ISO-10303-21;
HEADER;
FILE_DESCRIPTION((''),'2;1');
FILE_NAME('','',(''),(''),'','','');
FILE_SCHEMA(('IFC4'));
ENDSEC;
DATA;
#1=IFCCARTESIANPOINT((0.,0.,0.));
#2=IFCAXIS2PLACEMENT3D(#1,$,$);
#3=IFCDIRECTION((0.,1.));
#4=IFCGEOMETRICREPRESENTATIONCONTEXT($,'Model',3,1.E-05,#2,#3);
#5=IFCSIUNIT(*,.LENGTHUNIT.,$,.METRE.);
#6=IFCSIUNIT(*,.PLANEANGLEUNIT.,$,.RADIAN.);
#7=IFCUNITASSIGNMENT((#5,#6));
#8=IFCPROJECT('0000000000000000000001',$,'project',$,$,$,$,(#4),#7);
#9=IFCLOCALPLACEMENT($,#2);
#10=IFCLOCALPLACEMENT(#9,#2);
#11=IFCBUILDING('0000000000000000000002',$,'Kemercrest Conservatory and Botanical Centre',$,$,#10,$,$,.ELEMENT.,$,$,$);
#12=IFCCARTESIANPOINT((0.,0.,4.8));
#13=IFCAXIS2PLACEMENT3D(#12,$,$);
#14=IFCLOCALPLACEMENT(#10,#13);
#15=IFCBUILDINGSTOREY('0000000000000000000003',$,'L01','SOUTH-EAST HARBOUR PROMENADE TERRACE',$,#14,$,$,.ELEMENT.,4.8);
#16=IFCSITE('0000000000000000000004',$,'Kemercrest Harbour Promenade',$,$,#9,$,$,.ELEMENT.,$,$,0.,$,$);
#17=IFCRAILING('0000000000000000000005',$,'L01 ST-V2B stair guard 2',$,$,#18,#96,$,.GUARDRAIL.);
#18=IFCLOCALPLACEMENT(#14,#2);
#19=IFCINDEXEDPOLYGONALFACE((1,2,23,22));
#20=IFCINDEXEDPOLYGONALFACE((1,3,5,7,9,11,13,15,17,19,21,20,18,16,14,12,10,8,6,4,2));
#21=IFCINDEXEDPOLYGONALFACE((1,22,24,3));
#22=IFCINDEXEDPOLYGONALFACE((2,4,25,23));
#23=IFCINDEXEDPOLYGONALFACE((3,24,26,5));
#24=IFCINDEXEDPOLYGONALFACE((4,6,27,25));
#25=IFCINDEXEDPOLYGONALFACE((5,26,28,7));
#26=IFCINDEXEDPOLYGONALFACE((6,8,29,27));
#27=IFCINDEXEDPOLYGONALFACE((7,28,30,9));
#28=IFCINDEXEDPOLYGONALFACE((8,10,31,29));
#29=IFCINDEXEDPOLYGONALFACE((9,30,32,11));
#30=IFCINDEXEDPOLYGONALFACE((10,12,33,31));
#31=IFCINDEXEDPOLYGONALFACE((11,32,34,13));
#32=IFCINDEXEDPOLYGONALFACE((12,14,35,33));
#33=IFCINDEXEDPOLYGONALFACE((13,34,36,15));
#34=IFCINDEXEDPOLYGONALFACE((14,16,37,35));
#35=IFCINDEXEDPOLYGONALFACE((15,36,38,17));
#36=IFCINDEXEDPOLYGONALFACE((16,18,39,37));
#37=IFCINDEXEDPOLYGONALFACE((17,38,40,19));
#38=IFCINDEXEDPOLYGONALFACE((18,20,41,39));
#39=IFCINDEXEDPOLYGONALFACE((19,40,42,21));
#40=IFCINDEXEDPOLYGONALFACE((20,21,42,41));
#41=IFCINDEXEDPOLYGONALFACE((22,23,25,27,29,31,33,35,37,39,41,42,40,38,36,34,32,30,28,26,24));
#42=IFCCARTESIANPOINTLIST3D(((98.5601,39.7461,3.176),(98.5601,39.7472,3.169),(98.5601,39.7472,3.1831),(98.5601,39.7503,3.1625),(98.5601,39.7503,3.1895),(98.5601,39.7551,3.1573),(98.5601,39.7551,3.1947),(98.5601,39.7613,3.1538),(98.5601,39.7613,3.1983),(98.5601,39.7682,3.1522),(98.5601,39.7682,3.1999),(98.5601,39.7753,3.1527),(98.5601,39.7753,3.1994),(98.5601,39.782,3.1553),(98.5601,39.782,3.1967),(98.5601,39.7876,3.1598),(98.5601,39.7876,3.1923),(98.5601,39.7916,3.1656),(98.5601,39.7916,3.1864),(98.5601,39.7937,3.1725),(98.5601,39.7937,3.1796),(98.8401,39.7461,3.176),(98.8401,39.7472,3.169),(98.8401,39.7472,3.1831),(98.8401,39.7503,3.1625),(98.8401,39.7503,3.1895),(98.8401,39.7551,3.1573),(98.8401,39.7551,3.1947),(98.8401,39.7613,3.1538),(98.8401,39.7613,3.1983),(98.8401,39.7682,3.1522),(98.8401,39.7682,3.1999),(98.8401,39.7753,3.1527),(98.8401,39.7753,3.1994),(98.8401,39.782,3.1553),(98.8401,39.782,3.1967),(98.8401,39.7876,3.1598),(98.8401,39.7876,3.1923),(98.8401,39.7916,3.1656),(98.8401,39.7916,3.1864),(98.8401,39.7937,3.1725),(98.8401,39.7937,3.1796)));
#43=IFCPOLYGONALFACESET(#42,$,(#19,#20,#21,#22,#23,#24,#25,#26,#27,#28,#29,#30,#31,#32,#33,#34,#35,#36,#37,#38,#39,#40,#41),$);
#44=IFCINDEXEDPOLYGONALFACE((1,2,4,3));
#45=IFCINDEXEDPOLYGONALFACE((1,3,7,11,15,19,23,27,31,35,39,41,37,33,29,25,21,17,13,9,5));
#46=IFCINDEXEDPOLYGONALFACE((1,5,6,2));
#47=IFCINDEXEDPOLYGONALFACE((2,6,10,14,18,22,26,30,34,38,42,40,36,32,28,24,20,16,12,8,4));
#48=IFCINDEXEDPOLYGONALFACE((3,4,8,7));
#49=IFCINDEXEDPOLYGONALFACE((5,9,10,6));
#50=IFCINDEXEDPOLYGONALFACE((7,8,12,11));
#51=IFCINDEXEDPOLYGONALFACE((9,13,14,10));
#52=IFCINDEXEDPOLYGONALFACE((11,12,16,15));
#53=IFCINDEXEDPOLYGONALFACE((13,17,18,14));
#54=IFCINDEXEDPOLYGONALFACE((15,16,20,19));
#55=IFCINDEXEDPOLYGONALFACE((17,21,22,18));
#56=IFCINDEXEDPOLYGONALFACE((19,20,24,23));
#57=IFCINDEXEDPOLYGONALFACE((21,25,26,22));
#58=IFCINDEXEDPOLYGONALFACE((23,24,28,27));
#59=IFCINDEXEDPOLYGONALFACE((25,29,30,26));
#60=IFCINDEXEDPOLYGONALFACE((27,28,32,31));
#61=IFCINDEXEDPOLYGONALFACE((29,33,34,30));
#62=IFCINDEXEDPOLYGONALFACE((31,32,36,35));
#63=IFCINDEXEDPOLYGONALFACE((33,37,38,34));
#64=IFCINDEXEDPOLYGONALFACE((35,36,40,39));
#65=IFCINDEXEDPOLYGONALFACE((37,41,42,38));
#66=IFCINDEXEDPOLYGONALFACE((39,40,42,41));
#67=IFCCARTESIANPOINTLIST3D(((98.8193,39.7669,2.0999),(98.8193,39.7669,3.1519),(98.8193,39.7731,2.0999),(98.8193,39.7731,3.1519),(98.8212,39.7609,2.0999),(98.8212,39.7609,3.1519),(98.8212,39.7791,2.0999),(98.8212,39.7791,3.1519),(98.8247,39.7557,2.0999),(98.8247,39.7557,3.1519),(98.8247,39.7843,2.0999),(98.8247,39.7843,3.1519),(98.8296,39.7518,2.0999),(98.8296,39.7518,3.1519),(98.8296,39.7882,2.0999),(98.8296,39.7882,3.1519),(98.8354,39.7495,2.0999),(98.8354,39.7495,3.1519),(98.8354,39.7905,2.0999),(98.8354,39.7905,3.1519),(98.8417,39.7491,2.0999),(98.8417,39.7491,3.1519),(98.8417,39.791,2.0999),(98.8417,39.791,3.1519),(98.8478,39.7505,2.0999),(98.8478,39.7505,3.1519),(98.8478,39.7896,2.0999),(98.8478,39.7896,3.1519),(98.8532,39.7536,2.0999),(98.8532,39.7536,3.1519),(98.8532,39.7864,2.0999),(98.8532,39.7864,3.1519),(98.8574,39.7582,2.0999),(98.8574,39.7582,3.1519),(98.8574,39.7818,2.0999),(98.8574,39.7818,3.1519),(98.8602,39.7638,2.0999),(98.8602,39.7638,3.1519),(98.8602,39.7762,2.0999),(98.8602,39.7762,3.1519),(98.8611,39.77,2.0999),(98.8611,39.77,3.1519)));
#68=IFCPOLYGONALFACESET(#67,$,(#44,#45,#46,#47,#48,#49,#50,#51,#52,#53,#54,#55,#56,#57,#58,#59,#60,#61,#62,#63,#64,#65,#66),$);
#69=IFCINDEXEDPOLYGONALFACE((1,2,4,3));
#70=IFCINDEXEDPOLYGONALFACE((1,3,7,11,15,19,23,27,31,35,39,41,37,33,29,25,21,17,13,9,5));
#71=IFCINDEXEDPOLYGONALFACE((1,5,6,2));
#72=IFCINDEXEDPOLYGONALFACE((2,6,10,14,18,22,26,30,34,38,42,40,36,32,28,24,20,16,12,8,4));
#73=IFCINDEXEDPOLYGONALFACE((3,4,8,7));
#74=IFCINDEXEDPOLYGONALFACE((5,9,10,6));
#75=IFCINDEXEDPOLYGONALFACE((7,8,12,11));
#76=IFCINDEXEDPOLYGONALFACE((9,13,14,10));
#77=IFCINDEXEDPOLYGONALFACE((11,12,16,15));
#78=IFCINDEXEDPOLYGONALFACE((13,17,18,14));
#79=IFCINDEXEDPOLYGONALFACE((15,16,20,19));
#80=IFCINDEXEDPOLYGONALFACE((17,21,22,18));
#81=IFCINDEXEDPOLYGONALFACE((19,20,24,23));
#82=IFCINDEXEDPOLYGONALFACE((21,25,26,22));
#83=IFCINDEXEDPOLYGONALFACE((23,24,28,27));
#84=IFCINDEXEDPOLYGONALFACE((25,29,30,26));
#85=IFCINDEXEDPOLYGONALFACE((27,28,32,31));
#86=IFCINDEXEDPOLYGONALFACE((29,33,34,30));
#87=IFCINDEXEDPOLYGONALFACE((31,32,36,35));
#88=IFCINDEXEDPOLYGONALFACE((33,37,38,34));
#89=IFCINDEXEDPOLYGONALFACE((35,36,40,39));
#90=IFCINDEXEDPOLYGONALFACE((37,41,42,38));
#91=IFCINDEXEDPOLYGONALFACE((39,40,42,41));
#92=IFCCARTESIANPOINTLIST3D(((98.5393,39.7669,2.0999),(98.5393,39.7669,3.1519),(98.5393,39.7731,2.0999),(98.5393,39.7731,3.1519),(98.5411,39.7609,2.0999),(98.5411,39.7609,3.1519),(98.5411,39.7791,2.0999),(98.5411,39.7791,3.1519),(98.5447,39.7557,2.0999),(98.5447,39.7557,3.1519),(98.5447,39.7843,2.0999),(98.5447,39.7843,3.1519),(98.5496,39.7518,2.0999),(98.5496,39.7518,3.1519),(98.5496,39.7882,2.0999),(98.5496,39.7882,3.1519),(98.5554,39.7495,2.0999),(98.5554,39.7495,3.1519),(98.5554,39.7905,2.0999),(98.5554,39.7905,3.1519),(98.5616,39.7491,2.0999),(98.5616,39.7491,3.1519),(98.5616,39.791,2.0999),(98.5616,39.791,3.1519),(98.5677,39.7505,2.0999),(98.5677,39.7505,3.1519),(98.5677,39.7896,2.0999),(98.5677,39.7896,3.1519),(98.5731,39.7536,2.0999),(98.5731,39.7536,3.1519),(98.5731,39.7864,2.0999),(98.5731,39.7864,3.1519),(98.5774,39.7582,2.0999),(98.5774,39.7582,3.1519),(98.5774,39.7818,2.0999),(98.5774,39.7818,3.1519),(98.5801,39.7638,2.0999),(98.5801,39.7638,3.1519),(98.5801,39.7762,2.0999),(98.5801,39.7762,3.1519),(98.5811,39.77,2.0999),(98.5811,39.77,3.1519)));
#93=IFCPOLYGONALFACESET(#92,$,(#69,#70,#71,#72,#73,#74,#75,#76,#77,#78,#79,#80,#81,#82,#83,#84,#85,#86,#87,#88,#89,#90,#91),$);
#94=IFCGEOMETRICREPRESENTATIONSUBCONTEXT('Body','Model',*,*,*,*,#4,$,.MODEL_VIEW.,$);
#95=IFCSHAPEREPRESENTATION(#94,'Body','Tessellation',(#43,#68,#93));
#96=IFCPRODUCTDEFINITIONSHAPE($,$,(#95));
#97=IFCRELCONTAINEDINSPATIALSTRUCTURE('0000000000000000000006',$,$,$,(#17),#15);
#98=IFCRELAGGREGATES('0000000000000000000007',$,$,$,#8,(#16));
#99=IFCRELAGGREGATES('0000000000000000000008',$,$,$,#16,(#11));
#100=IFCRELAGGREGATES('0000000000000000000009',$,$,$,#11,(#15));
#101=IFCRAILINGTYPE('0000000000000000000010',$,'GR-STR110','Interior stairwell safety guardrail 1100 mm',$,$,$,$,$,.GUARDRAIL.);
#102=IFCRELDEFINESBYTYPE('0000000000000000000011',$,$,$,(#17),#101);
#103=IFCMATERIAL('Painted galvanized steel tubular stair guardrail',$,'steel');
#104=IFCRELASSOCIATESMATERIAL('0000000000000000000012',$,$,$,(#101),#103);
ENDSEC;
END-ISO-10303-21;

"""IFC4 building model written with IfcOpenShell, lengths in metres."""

from ifc_helpers import new_model, si_unit, direction, frame, origin, origin_2d, place, context, subcontext, project, spatial, circle, extrude, material, type_object, element, save


model = new_model("IFC4")

# Units and contexts
model_context = context("Model", 3, precision=1e-05, world=origin(), true_north=direction((0.0, 1.0)))
body_context = subcontext(model_context, "Body", "Model", "MODEL_VIEW")
ifc_project = project(units=[si_unit("LENGTHUNIT", "METRE"), si_unit("PLANEANGLEUNIT", "RADIAN")], contexts=[model_context])

# Site, building, storey
site_placement = place(None, origin())
site = spatial("IfcSite", under=ifc_project, at=site_placement, Name="Kemercrest Harbour Promenade", CompositionType="ELEMENT", RefElevation=0.0)
building_placement = place(site_placement, origin())
building = spatial("IfcBuilding", under=site, at=building_placement, Name="Kemercrest Conservatory and Botanical Centre", CompositionType="ELEMENT")
storey_placement = place(building_placement, frame((0.0, 0.0, 4.8)))
storey = spatial("IfcBuildingStorey", under=building, at=storey_placement, Name="L01", Description="SOUTH-EAST HARBOUR PROMENADE TERRACE", CompositionType="ELEMENT", Elevation=4.8)

# Railing
ifc_material_1 = material(Name="Painted galvanized steel tubular stair guardrail", Category="steel")
railing_type_1 = type_object("IfcRailingType", Name="GR-STR110", Description="Interior stairwell safety guardrail 1100 mm", PredefinedType="GUARDRAIL", material=ifc_material_1)
railing_1_placement = place(storey_placement, frame((98.8401, 39.77, 2.0999)))
element("IfcRailing", 1, at=railing_1_placement, inside=storey, type_object=railing_type_1, Name="L01 ST-V2B stair guard 2", PredefinedType="GUARDRAIL", context=body_context, shape_type="SweptSolid", body=[
    extrude(circle(Radius=0.0239, at=origin_2d()), frame((0.0, 0.0, 1.0762), z_axis=(-1.0, 0.0, 0.0), x_axis=(0.0, -1.0, 0.0)), (0.0, 0.0, 1.0), 0.28),
    extrude(circle(Radius=0.021, at=origin_2d()), origin(), (0.0, 0.0, 1.0), 1.052),
    extrude(circle(Radius=0.021, at=origin_2d()), frame((-0.28, 0.0, 0.0)), (0.0, 0.0, 1.0), 1.052),
])

save(model, "model.ifc")
